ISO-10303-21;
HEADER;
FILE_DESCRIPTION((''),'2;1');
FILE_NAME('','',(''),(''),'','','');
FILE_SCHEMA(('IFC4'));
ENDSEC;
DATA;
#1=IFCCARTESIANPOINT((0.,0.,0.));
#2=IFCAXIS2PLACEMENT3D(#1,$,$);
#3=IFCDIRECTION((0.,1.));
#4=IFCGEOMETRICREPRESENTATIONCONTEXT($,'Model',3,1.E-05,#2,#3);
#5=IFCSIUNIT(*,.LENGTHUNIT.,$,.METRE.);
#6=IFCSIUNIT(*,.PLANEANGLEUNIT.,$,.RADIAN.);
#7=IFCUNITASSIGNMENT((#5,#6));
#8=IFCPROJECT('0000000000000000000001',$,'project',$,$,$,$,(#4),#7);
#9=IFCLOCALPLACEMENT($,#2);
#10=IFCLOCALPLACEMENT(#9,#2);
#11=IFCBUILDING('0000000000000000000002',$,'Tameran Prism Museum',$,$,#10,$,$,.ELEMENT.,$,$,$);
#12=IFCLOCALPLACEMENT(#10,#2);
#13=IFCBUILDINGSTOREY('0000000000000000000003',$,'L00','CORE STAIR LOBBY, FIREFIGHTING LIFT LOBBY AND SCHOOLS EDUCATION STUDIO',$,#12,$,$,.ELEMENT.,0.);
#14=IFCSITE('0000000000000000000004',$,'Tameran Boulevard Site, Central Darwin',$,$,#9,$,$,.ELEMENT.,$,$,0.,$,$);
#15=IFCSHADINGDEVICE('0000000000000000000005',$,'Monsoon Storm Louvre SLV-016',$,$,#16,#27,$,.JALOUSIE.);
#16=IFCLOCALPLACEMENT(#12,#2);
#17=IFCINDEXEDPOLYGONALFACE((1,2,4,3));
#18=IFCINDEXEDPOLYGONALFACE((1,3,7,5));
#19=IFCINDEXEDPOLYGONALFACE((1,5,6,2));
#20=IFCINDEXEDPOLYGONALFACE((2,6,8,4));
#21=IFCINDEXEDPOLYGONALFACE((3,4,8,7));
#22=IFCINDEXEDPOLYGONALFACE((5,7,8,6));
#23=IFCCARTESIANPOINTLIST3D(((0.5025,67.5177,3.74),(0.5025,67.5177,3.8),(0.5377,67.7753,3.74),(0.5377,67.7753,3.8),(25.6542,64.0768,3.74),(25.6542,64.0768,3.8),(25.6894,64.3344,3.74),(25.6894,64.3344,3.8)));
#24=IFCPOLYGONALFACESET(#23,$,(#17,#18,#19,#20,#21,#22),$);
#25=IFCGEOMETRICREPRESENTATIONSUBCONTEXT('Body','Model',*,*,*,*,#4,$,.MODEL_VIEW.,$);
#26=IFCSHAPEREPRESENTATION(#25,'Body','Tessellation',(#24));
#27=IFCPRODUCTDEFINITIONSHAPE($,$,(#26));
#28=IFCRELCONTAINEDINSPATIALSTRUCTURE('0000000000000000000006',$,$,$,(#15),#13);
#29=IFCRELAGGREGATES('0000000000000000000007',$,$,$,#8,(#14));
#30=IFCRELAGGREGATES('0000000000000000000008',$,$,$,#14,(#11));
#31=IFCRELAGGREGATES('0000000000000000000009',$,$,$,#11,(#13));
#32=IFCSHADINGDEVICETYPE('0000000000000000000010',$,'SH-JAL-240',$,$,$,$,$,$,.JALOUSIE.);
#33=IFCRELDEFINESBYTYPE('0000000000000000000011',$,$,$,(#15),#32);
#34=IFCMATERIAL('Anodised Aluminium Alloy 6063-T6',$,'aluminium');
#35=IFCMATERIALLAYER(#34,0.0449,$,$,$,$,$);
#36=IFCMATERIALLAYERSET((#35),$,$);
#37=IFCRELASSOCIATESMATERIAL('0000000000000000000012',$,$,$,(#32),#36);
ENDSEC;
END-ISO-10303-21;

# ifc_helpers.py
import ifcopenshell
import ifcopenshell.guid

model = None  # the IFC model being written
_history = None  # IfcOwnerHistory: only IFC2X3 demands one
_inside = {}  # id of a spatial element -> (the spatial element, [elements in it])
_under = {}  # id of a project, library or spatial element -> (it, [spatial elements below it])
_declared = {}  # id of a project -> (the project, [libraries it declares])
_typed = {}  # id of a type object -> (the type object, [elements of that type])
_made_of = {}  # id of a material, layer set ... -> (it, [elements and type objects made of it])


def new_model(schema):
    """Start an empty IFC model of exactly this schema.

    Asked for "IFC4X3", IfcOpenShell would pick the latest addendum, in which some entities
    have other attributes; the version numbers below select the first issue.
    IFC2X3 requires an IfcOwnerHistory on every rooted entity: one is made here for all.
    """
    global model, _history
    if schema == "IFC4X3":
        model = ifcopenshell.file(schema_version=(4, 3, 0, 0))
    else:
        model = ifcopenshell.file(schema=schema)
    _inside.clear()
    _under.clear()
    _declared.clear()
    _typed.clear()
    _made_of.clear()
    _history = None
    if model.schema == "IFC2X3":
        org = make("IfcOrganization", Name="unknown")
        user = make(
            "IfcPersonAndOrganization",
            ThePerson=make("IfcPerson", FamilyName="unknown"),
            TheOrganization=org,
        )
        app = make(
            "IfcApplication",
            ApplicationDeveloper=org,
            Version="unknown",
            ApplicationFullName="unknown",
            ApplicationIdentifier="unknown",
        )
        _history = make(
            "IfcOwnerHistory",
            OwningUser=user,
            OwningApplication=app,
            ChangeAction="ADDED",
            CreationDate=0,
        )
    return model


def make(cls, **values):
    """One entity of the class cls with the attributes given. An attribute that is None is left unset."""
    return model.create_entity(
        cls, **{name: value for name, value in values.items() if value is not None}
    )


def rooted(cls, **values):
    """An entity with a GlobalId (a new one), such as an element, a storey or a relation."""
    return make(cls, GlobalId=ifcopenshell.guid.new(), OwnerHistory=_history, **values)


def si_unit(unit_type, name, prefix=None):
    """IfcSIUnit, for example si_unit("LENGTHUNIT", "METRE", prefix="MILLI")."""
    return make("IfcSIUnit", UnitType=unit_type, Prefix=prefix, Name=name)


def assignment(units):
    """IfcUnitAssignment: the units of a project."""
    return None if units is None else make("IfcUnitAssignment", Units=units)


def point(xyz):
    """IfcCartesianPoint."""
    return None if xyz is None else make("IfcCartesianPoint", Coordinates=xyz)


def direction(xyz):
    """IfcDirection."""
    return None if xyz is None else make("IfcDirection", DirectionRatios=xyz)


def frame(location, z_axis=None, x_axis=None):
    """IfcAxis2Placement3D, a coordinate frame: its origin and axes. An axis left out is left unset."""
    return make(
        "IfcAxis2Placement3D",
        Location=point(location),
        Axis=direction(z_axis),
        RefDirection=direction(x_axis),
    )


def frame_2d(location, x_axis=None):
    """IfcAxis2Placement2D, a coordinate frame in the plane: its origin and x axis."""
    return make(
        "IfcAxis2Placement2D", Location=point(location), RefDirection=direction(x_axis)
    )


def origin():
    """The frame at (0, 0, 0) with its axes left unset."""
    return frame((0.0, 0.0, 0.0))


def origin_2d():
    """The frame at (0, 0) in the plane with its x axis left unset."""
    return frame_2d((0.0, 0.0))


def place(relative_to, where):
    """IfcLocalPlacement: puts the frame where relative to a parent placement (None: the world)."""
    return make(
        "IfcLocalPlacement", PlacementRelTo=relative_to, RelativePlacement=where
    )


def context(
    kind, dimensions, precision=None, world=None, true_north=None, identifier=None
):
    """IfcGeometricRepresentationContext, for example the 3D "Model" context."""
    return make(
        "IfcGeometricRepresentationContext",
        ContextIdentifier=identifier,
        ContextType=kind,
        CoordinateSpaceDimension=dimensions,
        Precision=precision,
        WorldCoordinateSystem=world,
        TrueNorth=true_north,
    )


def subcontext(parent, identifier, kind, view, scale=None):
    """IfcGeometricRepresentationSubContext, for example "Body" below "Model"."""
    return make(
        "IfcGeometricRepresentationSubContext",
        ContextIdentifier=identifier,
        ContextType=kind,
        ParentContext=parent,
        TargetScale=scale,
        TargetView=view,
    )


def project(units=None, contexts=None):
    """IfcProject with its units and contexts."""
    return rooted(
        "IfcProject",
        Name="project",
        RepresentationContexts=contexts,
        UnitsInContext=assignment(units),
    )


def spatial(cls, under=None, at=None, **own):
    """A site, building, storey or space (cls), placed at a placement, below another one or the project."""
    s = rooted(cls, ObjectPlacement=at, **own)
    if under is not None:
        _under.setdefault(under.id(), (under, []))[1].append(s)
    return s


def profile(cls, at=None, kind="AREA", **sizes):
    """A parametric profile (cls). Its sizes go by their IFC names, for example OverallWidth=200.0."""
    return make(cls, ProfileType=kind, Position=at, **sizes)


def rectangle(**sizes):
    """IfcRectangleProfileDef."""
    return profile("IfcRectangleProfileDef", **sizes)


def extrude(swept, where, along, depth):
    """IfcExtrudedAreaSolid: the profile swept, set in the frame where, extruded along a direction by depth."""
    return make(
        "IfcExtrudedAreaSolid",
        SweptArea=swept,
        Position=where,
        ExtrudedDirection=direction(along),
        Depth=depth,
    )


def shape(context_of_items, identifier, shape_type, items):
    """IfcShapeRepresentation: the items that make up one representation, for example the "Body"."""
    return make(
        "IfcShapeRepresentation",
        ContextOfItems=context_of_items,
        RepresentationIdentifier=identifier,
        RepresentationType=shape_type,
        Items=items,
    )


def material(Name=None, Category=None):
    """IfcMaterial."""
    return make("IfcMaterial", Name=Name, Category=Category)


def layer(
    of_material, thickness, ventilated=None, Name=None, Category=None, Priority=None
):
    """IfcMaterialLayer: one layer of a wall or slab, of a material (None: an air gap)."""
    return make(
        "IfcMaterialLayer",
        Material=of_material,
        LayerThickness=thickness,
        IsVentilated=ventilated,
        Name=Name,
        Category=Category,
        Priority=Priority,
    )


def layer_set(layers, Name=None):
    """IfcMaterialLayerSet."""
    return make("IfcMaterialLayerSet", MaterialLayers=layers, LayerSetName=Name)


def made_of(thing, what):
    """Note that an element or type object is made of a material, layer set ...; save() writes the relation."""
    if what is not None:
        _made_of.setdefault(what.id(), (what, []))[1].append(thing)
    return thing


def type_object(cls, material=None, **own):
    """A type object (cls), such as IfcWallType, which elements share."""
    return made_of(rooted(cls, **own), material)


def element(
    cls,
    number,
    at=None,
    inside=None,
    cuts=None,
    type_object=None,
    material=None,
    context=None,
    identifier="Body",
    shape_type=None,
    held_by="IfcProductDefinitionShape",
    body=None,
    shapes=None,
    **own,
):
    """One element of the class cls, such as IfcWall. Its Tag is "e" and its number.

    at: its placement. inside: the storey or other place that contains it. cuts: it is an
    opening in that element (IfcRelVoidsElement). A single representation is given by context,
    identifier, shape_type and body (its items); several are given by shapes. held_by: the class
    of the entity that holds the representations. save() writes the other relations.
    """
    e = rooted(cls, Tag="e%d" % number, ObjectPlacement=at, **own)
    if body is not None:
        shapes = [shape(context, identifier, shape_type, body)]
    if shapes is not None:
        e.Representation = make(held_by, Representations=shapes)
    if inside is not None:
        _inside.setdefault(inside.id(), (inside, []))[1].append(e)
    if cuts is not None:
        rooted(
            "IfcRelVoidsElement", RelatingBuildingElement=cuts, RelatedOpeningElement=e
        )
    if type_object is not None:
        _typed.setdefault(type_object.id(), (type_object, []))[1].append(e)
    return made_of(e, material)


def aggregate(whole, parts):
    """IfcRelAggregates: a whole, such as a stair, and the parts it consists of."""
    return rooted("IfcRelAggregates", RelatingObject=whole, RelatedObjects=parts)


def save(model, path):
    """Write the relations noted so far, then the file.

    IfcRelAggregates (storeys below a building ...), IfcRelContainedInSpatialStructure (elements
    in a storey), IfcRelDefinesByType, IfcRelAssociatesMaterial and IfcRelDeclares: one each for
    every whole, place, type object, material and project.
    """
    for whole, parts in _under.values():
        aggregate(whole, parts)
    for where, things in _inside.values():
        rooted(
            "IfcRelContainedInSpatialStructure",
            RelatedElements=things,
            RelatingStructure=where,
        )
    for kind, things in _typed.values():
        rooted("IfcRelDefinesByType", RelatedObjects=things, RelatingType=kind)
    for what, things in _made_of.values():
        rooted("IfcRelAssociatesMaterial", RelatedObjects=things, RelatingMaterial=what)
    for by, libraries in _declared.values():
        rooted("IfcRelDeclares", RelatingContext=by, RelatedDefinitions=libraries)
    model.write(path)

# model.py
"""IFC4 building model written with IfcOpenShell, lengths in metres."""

from ifc_helpers import new_model, si_unit, direction, frame, origin, origin_2d, place, context, subcontext, project, spatial, rectangle, extrude, material, layer, layer_set, type_object, element, save


model = new_model("IFC4")

# Units and contexts
model_context = context("Model", 3, precision=1e-05, world=origin(), true_north=direction((0.0, 1.0)))
body_context = subcontext(model_context, "Body", "Model", "MODEL_VIEW")
ifc_project = project(units=[si_unit("LENGTHUNIT", "METRE"), si_unit("PLANEANGLEUNIT", "RADIAN")], contexts=[model_context])

# Site, building, storey
site_placement = place(None, origin())
site = spatial("IfcSite", under=ifc_project, at=site_placement, Name="Tameran Boulevard Site, Central Darwin", CompositionType="ELEMENT", RefElevation=0.0)
building_placement = place(site_placement, origin())
building = spatial("IfcBuilding", under=site, at=building_placement, Name="Tameran Prism Museum", CompositionType="ELEMENT")
storey_placement = place(building_placement, origin())
storey = spatial("IfcBuildingStorey", under=building, at=storey_placement, Name="L00", Description="CORE STAIR LOBBY, FIREFIGHTING LIFT LOBBY AND SCHOOLS EDUCATION STUDIO", CompositionType="ELEMENT", Elevation=0.0)

# Shading device
ifc_material_1 = material(Name="Anodised Aluminium Alloy 6063-T6", Category="aluminium")
ifc_layer_1 = layer(ifc_material_1, 0.0449)
ifc_layer_set_1 = layer_set([ifc_layer_1])
shading_device_type = type_object("IfcShadingDeviceType", Name="SH-JAL-240", PredefinedType="JALOUSIE", material=ifc_layer_set_1)
shading_device_placement = place(storey_placement, frame((13.0959, 65.926, 3.74), z_axis=(0.0, 0.0, 1.0), x_axis=(-0.990772, 0.135543, 0.0)))
element("IfcShadingDevice", 1, at=shading_device_placement, inside=storey, type_object=shading_device_type, Name="Monsoon Storm Louvre SLV-016", PredefinedType="JALOUSIE", context=body_context, shape_type="SweptSolid", body=[
    extrude(rectangle(XDim=25.386, YDim=0.26, at=origin_2d()), origin(), (0.0, 0.0, 1.0), 0.0601),
])

save(model, "model.ifc")
